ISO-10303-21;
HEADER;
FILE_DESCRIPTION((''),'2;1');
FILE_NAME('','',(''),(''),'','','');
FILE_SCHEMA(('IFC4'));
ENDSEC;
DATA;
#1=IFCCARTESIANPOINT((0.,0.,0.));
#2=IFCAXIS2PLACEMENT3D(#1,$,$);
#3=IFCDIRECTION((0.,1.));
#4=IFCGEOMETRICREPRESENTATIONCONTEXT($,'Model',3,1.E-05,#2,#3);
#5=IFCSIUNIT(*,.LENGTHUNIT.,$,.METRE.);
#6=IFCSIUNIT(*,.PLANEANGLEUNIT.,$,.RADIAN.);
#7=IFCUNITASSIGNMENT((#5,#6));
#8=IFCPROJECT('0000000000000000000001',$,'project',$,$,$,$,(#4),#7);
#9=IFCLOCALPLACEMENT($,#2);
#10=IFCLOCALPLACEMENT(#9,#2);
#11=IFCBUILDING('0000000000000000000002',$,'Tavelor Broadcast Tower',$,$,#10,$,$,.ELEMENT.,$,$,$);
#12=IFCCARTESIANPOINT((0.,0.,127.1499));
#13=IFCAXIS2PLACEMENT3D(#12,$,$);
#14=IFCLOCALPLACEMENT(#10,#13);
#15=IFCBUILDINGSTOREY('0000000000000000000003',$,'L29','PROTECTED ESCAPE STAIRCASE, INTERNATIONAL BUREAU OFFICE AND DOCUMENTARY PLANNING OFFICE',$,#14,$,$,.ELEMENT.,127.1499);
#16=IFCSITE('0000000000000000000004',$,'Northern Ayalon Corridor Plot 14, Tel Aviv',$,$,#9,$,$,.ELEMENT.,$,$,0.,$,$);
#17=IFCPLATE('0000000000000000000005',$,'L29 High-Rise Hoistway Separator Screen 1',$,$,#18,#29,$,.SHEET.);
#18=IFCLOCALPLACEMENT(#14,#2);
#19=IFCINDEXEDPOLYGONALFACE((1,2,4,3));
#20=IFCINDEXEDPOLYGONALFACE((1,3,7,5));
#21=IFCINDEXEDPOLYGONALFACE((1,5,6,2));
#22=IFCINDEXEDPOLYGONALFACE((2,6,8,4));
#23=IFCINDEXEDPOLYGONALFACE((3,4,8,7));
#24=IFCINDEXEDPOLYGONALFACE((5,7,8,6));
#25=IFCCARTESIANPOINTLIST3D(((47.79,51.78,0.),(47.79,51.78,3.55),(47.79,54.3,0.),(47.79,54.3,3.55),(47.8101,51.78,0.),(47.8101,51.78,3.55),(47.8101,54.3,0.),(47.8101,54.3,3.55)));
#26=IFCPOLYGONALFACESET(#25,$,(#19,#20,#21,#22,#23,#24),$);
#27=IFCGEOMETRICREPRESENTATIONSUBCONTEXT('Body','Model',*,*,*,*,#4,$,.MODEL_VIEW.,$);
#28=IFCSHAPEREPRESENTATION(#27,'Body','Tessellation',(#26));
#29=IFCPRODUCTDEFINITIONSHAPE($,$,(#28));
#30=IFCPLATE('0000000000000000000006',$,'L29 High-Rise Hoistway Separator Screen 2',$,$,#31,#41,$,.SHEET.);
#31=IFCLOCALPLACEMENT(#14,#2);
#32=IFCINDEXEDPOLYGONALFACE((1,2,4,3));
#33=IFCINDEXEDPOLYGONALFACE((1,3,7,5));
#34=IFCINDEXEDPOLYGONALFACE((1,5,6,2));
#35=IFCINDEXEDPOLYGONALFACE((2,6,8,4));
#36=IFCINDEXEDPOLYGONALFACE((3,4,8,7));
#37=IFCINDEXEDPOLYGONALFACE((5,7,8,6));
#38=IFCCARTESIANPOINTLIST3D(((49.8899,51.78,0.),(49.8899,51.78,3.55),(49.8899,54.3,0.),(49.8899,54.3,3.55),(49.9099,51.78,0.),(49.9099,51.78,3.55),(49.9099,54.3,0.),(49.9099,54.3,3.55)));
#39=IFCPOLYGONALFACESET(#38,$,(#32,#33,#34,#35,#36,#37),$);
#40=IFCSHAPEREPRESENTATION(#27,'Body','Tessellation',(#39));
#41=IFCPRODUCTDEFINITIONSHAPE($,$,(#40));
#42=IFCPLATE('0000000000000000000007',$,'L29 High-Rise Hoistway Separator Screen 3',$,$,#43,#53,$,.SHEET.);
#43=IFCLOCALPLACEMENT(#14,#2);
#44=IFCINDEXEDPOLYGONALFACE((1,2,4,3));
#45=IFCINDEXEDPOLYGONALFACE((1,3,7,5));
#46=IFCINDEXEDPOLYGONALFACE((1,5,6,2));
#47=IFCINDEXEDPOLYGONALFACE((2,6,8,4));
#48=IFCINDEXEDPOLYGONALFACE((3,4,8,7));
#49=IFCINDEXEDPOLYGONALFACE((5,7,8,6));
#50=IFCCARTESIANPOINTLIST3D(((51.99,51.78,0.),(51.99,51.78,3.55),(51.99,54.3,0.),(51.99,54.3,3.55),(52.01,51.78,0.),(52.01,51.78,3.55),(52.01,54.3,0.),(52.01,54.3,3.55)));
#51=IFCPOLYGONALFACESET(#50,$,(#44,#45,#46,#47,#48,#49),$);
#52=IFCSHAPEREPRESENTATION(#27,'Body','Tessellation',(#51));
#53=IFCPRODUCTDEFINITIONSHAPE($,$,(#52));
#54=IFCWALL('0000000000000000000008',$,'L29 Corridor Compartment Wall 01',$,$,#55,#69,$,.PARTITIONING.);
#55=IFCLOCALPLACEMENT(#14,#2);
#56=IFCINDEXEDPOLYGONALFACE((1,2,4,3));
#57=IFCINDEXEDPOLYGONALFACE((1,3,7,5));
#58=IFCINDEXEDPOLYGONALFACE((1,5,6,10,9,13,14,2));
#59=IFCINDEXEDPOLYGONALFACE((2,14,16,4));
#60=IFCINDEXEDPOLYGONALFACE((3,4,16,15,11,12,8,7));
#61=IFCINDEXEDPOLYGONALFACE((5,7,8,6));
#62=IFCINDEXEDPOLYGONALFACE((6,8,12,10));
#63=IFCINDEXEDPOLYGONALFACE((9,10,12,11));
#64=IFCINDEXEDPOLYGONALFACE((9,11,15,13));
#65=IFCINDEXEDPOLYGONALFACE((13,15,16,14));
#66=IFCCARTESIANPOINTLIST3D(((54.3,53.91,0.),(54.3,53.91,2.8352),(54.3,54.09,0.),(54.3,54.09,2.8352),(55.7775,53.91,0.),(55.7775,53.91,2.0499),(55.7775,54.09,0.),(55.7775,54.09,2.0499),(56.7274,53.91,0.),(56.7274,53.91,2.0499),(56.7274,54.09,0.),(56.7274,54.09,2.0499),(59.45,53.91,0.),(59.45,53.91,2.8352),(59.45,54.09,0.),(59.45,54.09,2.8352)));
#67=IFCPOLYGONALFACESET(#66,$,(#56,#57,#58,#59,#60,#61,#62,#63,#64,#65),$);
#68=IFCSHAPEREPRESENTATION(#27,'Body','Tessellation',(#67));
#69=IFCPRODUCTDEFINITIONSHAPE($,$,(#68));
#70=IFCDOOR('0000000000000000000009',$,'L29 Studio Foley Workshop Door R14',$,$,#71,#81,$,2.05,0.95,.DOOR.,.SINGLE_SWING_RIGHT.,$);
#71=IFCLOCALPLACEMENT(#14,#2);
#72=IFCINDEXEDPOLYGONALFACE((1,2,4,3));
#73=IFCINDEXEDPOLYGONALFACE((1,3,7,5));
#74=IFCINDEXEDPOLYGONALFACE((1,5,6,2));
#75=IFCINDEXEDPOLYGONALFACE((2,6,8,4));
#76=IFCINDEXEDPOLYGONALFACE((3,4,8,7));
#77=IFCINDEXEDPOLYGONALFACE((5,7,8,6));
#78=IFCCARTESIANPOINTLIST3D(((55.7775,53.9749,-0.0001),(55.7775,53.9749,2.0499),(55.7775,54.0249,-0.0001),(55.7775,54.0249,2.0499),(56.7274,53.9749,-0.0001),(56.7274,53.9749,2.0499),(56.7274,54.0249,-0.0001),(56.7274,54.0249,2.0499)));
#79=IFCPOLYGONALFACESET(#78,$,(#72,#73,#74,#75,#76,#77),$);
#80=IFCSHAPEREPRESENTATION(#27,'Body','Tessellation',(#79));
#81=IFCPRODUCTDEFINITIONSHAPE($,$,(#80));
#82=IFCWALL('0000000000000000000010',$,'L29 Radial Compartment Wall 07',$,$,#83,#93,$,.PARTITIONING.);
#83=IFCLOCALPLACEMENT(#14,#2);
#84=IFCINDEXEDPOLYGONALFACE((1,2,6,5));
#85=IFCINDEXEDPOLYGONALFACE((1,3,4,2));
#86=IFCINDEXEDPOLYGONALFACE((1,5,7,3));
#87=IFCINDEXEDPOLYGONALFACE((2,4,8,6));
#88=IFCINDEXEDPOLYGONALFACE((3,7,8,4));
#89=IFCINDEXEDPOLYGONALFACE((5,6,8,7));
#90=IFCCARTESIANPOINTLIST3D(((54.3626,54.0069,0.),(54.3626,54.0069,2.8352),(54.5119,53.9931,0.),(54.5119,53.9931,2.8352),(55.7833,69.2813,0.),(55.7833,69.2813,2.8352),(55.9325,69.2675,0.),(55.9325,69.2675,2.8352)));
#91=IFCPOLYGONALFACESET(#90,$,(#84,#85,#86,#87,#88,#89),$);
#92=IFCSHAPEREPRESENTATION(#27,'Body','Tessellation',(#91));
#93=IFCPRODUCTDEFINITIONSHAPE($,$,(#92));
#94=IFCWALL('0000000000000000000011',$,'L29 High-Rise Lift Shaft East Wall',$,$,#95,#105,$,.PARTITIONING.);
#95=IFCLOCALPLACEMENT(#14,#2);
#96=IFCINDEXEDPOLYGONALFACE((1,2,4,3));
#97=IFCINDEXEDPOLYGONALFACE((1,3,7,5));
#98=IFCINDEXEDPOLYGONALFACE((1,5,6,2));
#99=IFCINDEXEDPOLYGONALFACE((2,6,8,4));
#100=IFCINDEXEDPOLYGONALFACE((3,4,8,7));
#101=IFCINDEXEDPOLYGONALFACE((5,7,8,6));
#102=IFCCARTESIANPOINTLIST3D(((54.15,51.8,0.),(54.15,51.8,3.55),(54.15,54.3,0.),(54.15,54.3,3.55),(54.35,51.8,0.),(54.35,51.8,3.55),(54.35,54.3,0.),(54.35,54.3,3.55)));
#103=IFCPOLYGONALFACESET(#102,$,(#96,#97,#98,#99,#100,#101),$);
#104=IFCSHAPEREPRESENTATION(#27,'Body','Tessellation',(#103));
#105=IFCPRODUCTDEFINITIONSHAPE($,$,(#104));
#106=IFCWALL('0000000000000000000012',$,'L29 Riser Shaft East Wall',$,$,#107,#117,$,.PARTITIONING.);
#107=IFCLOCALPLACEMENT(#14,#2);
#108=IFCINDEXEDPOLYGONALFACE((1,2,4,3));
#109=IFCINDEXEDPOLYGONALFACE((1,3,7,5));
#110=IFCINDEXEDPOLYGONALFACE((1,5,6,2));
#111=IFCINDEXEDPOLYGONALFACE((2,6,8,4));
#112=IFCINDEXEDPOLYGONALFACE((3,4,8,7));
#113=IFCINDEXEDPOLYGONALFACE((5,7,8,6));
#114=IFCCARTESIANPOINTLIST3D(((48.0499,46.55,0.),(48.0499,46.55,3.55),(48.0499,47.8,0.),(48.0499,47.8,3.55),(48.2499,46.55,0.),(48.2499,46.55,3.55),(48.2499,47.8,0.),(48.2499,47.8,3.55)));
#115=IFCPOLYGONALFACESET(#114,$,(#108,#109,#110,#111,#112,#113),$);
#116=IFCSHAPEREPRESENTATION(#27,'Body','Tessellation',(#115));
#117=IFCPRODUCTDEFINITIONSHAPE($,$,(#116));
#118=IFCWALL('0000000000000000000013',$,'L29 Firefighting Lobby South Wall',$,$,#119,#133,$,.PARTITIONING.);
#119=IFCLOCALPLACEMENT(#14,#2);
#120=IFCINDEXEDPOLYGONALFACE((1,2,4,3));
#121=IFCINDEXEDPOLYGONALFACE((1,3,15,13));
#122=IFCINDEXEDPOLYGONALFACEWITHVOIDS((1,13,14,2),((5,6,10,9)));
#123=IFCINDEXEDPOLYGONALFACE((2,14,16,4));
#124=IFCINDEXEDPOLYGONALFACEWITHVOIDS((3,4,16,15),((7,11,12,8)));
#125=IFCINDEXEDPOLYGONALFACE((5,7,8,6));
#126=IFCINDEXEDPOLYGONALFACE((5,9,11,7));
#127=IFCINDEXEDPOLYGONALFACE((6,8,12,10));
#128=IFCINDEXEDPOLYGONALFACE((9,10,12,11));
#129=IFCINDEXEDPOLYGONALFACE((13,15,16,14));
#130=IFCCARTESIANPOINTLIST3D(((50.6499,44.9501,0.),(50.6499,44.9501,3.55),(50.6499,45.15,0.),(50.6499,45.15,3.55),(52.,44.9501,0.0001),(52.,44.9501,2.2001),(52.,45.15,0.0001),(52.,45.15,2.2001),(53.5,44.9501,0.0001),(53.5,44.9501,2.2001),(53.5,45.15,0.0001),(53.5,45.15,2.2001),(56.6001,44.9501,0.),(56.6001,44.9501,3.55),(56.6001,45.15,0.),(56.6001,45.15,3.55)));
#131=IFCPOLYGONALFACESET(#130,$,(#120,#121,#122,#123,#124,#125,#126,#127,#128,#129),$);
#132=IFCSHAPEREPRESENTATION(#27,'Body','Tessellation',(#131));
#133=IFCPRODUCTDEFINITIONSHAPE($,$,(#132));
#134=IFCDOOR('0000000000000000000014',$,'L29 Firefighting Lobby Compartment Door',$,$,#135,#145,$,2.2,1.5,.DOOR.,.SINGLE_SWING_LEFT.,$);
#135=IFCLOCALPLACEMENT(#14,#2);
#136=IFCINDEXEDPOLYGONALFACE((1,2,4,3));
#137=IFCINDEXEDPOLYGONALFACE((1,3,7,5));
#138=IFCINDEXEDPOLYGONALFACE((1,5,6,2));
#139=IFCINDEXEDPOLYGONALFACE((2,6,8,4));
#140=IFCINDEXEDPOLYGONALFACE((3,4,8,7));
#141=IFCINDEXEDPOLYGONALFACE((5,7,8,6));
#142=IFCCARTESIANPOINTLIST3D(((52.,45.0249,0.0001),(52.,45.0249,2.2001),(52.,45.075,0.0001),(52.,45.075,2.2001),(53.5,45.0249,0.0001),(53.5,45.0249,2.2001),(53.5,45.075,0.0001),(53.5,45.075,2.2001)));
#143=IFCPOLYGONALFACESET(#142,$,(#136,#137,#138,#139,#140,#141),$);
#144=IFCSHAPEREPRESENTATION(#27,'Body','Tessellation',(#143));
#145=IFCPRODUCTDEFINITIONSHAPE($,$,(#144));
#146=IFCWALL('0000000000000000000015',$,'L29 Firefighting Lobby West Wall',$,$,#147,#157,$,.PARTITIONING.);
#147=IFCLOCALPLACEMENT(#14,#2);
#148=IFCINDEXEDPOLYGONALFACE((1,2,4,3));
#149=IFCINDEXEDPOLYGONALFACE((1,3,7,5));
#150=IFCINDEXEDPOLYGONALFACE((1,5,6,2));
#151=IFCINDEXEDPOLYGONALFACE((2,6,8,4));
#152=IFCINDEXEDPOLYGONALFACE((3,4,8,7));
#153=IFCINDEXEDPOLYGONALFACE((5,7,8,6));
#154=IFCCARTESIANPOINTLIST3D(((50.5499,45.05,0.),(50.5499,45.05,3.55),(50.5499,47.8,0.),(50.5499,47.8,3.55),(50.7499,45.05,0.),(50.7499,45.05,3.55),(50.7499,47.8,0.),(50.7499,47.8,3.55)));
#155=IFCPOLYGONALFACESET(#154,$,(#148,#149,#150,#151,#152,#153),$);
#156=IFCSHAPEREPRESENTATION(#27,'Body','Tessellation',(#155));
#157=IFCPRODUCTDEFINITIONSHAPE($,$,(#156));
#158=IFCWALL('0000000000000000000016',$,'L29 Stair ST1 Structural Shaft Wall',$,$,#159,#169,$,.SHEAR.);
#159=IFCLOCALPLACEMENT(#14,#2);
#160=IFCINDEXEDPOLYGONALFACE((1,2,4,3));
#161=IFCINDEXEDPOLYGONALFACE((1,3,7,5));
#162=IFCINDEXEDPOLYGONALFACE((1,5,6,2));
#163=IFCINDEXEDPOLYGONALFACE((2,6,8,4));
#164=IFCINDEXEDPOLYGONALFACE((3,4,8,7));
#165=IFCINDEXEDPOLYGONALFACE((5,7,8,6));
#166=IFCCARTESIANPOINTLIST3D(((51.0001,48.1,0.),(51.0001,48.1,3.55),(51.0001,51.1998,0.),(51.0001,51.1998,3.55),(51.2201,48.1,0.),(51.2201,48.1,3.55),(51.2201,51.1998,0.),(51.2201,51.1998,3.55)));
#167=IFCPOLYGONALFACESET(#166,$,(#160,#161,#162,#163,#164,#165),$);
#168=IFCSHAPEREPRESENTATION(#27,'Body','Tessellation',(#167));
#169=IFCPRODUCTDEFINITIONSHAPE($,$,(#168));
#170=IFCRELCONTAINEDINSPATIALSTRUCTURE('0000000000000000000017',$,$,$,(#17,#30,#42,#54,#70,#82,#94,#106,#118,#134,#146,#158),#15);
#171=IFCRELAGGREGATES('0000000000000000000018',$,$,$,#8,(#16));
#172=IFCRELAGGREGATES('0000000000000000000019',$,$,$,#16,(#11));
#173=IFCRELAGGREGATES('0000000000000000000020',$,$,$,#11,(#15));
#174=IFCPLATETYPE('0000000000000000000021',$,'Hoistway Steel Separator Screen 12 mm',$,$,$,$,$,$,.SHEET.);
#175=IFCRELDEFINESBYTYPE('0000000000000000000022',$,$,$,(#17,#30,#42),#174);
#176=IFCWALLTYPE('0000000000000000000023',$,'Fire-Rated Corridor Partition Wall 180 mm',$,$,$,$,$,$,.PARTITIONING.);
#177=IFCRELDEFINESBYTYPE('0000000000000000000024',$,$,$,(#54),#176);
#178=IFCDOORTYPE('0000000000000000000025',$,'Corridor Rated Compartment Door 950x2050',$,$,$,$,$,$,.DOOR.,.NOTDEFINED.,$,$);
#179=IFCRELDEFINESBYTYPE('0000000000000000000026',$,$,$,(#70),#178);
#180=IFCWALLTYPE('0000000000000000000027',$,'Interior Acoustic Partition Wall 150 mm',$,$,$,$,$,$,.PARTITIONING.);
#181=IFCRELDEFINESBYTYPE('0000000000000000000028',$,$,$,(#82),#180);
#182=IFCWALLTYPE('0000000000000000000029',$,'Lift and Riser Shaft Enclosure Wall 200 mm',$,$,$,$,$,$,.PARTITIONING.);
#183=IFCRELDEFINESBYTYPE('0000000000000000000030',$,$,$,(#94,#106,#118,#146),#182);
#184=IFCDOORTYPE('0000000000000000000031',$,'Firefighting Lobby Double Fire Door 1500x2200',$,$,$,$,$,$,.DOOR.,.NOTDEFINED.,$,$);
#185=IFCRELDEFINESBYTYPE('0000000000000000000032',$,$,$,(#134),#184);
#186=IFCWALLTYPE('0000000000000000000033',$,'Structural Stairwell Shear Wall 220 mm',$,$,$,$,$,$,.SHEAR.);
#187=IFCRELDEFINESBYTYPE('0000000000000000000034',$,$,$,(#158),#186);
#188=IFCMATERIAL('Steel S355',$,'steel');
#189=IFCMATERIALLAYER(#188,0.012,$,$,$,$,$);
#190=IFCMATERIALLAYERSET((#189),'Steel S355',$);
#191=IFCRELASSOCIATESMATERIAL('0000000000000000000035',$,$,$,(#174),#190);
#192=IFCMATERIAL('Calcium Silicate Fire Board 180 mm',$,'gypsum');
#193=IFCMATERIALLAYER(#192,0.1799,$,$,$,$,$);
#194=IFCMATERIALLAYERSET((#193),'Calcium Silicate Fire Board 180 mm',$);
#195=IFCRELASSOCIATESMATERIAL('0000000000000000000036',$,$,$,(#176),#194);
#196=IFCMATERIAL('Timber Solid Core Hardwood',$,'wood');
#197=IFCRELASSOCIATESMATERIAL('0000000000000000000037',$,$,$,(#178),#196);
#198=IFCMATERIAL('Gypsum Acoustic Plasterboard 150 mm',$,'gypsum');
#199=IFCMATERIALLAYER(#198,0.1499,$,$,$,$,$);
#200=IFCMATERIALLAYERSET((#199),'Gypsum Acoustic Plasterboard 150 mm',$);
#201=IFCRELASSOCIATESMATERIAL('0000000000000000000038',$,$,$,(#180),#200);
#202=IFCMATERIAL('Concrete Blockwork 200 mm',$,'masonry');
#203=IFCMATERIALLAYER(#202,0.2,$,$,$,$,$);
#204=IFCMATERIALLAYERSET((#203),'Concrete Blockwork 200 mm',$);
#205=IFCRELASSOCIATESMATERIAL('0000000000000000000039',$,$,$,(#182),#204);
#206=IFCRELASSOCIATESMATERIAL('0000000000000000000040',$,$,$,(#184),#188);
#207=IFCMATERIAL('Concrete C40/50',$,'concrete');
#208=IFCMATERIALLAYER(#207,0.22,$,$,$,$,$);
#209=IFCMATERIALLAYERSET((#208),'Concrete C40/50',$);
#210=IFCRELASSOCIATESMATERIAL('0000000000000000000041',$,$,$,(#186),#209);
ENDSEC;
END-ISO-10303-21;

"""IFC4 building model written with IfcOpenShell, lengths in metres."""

from ifc_helpers import new_model, si_unit, direction, frame, frame_2d, origin, origin_2d, place, context, subcontext, project, spatial, rectangle, extrude, source, transform, mapped, material, layer, layer_set, type_object, type_shapes, element, fill, save


model = new_model("IFC4")

# Units and contexts
model_context = context("Model", 3, precision=1e-05, world=origin(), true_north=direction((0.0, 1.0)))
body_context = subcontext(model_context, "Body", "Model", "MODEL_VIEW")
ifc_project = project(units=[si_unit("LENGTHUNIT", "METRE"), si_unit("PLANEANGLEUNIT", "RADIAN")], contexts=[model_context])

# Site, building, storey
site_placement = place(None, origin())
site = spatial("IfcSite", under=ifc_project, at=site_placement, Name="Northern Ayalon Corridor Plot 14, Tel Aviv", CompositionType="ELEMENT", RefElevation=0.0)
building_placement = place(site_placement, origin())
building = spatial("IfcBuilding", under=site, at=building_placement, Name="Tavelor Broadcast Tower", CompositionType="ELEMENT")
storey_placement = place(building_placement, frame((0.0, 0.0, 127.1499)))
storey = spatial("IfcBuildingStorey", under=building, at=storey_placement, Name="L29", Description="PROTECTED ESCAPE STAIRCASE, INTERNATIONAL BUREAU OFFICE AND DOCUMENTARY PLANNING OFFICE", CompositionType="ELEMENT", Elevation=127.1499)

# Shared definitions
ifc_material_1 = material(Name="Concrete C40/50", Category="concrete")
ifc_material_2 = material(Name="Steel S355", Category="steel")

# Plates
ifc_layer_1 = layer(ifc_material_2, 0.012)
ifc_layer_set_1 = layer_set([ifc_layer_1], Name="Steel S355")
plate_type = type_object("IfcPlateType", Name="Hoistway Steel Separator Screen 12 mm", PredefinedType="SHEET", material=ifc_layer_set_1)
shared_shape = source(origin(), body_context, "Body", "SweptSolid", [
    extrude(rectangle(XDim=0.02, YDim=2.52, at=origin_2d()), origin(), (0.0, 0.0, 1.0), 3.55),
])
type_shapes(plate_type, [shared_shape])
for number, where, z_axis, x_axis, name in (
    (1, (47.8, 53.04, 0.0), (0.0, 0.0, 1.0), (1.0, 0.0, 0.0), "L29 High-Rise Hoistway Separator Screen 1"),
    (2, (49.8999, 53.04, 0.0), (0.0, 0.0, 1.0), (1.0, 0.0, 0.0), "L29 High-Rise Hoistway Separator Screen 2"),
    (3, (52.0, 53.04, 0.0), (0.0, 0.0, 1.0), (1.0, 0.0, 0.0), "L29 High-Rise Hoistway Separator Screen 3"),
):
    element("IfcPlate", number, at=place(storey_placement, frame(where, z_axis=z_axis, x_axis=x_axis)), inside=storey, type_object=plate_type, Name=name, PredefinedType="SHEET", context=body_context, shape_type="MappedRepresentation", body=[
        mapped(shared_shape, transform((0.0, 0.0, 0.0), scale=1.0)),
    ])

# Wall, opening, door
ifc_material_3 = material(Name="Calcium Silicate Fire Board 180 mm", Category="gypsum")
ifc_layer_2 = layer(ifc_material_3, 0.1799)
ifc_layer_set_2 = layer_set([ifc_layer_2], Name="Calcium Silicate Fire Board 180 mm")
wall_type_1 = type_object("IfcWallType", Name="Fire-Rated Corridor Partition Wall 180 mm", PredefinedType="PARTITIONING", material=ifc_layer_set_2)
wall_1_placement = place(storey_placement, frame((54.3, 54.0, 0.0), z_axis=(0.0, 0.0, 1.0), x_axis=(1.0, 0.0, 0.0)))
wall_1 = element("IfcWall", 4, at=wall_1_placement, inside=storey, type_object=wall_type_1, Name="L29 Corridor Compartment Wall 01", PredefinedType="PARTITIONING", context=body_context, shape_type="SweptSolid", body=[
    extrude(rectangle(XDim=5.1499, YDim=0.1799, at=frame_2d((2.575, 0.0))), origin(), (0.0, 0.0, 1.0), 2.8352),
])
opening_1_placement = place(wall_1_placement, frame((1.4773, 0.0, 0.0)))
opening_1 = element("IfcOpeningElement", 5, at=opening_1_placement, cuts=wall_1, PredefinedType="OPENING", context=body_context, shape_type="SweptSolid", body=[
    extrude(rectangle(XDim=0.95, YDim=2.05, at=frame_2d((0.4751, 1.0249))), frame((0.0, 0.1001, 0.0), z_axis=(0.0, -1.0, 0.0), x_axis=(1.0, 0.0, 0.0)), (0.0, 0.0, 1.0), 0.2),
])
ifc_material_4 = material(Name="Timber Solid Core Hardwood", Category="wood")
door_type_1 = type_object("IfcDoorType", Name="Corridor Rated Compartment Door 950x2050", OperationType="NOTDEFINED", PredefinedType="DOOR", material=ifc_material_4)
door_1_placement = place(opening_1_placement, origin())
door_1 = element("IfcDoor", 6, at=door_1_placement, inside=storey, type_object=door_type_1, Name="L29 Studio Foley Workshop Door R14", OperationType="SINGLE_SWING_RIGHT", OverallHeight=2.05, OverallWidth=0.95, PredefinedType="DOOR", context=body_context, shape_type="SweptSolid", body=[
    extrude(rectangle(XDim=0.95, YDim=2.05, at=frame_2d((0.4751, 1.0249))), frame((0.0, 0.0249, 0.0), z_axis=(0.0, -1.0, 0.0), x_axis=(1.0, 0.0, 0.0)), (0.0, 0.0, 1.0), 0.05),
])
fill(opening_1, door_1)

# Walls
ifc_material_5 = material(Name="Gypsum Acoustic Plasterboard 150 mm", Category="gypsum")
ifc_layer_3 = layer(ifc_material_5, 0.1499)
ifc_layer_set_3 = layer_set([ifc_layer_3], Name="Gypsum Acoustic Plasterboard 150 mm")
wall_type_2 = type_object("IfcWallType", Name="Interior Acoustic Partition Wall 150 mm", PredefinedType="PARTITIONING", material=ifc_layer_set_3)
wall_2_placement = place(storey_placement, frame((54.4373, 54.0, 0.0), z_axis=(0.0, 0.0, 1.0), x_axis=(0.092609, 0.995703, 0.0)))
element("IfcWall", 7, at=wall_2_placement, inside=storey, type_object=wall_type_2, Name="L29 Radial Compartment Wall 07", PredefinedType="PARTITIONING", context=body_context, shape_type="SweptSolid", body=[
    extrude(rectangle(XDim=15.3403, YDim=0.1499, at=frame_2d((7.6702, 0.0))), origin(), (0.0, 0.0, 1.0), 2.8352),
])
ifc_material_6 = material(Name="Concrete Blockwork 200 mm", Category="masonry")
ifc_layer_4 = layer(ifc_material_6, 0.2)
ifc_layer_set_4 = layer_set([ifc_layer_4], Name="Concrete Blockwork 200 mm")
wall_type_3 = type_object("IfcWallType", Name="Lift and Riser Shaft Enclosure Wall 200 mm", PredefinedType="PARTITIONING", material=ifc_layer_set_4)
wall_3_placement = place(storey_placement, frame((54.25, 51.8, 0.0), z_axis=(0.0, 0.0, 1.0), x_axis=(0.0, 1.0, 0.0)))
element("IfcWall", 8, at=wall_3_placement, inside=storey, type_object=wall_type_3, Name="L29 High-Rise Lift Shaft East Wall", PredefinedType="PARTITIONING", context=body_context, shape_type="SweptSolid", body=[
    extrude(rectangle(XDim=2.5, YDim=0.2, at=frame_2d((1.25, 0.0))), origin(), (0.0, 0.0, 1.0), 3.55),
])
wall_4_placement = place(storey_placement, frame((48.1499, 46.55, 0.0), z_axis=(0.0, 0.0, 1.0), x_axis=(0.0, 1.0, 0.0)))
element("IfcWall", 9, at=wall_4_placement, inside=storey, type_object=wall_type_3, Name="L29 Riser Shaft East Wall", PredefinedType="PARTITIONING", context=body_context, shape_type="SweptSolid", body=[
    extrude(rectangle(XDim=1.25, YDim=0.2, at=frame_2d((0.625, 0.0))), origin(), (0.0, 0.0, 1.0), 3.55),
])

# Wall, opening, door
wall_5_placement = place(storey_placement, frame((50.6499, 45.05, 0.0), z_axis=(0.0, 0.0, 1.0), x_axis=(1.0, 0.0, 0.0)))
wall_5 = element("IfcWall", 10, at=wall_5_placement, inside=storey, type_object=wall_type_3, Name="L29 Firefighting Lobby South Wall", PredefinedType="PARTITIONING", context=body_context, shape_type="SweptSolid", body=[
    extrude(rectangle(XDim=5.9502, YDim=0.2, at=frame_2d((2.9751, 0.0))), origin(), (0.0, 0.0, 1.0), 3.55),
])
opening_2_placement = place(wall_5_placement, frame((1.3501, 0.0, 0.0)))
opening_2 = element("IfcOpeningElement", 11, at=opening_2_placement, cuts=wall_5, PredefinedType="OPENING", context=body_context, shape_type="SweptSolid", body=[
    extrude(rectangle(XDim=1.5, YDim=2.2, at=frame_2d((0.75, 1.1001))), frame((0.0, 0.1099, 0.0), z_axis=(0.0, -1.0, 0.0), x_axis=(1.0, 0.0, 0.0)), (0.0, 0.0, 1.0), 0.22),
])
door_type_2 = type_object("IfcDoorType", Name="Firefighting Lobby Double Fire Door 1500x2200", OperationType="NOTDEFINED", PredefinedType="DOOR", material=ifc_material_2)
door_2_placement = place(opening_2_placement, origin())
door_2 = element("IfcDoor", 12, at=door_2_placement, inside=storey, type_object=door_type_2, Name="L29 Firefighting Lobby Compartment Door", OperationType="SINGLE_SWING_LEFT", OverallHeight=2.2, OverallWidth=1.5, PredefinedType="DOOR", context=body_context, shape_type="SweptSolid", body=[
    extrude(rectangle(XDim=1.5, YDim=2.2, at=frame_2d((0.75, 1.1001))), frame((0.0, 0.0249, 0.0), z_axis=(0.0, -1.0, 0.0), x_axis=(1.0, 0.0, 0.0)), (0.0, 0.0, 1.0), 0.05),
])
fill(opening_2, door_2)

# Walls
wall_6_placement = place(storey_placement, frame((50.6499, 45.05, 0.0), z_axis=(0.0, 0.0, 1.0), x_axis=(0.0, 1.0, 0.0)))
element("IfcWall", 13, at=wall_6_placement, inside=storey, type_object=wall_type_3, Name="L29 Firefighting Lobby West Wall", PredefinedType="PARTITIONING", context=body_context, shape_type="SweptSolid", body=[
    extrude(rectangle(XDim=2.75, YDim=0.2, at=frame_2d((1.375, 0.0))), origin(), (0.0, 0.0, 1.0), 3.55),
])
ifc_layer_5 = layer(ifc_material_1, 0.22)
ifc_layer_set_5 = layer_set([ifc_layer_5], Name="Concrete C40/50")
wall_type_4 = type_object("IfcWallType", Name="Structural Stairwell Shear Wall 220 mm", PredefinedType="SHEAR", material=ifc_layer_set_5)
wall_7_placement = place(storey_placement, frame((51.1101, 48.1001, 0.0), z_axis=(0.0, 0.0, 1.0), x_axis=(0.0, 1.0, 0.0)))
element("IfcWall", 14, at=wall_7_placement, inside=storey, type_object=wall_type_4, Name="L29 Stair ST1 Structural Shaft Wall", PredefinedType="SHEAR", context=body_context, shape_type="SweptSolid", body=[
    extrude(rectangle(XDim=3.0999, YDim=0.22, at=frame_2d((1.5498, 0.0))), origin(), (0.0, 0.0, 1.0), 3.55),
])

save(model, "model.ifc")
